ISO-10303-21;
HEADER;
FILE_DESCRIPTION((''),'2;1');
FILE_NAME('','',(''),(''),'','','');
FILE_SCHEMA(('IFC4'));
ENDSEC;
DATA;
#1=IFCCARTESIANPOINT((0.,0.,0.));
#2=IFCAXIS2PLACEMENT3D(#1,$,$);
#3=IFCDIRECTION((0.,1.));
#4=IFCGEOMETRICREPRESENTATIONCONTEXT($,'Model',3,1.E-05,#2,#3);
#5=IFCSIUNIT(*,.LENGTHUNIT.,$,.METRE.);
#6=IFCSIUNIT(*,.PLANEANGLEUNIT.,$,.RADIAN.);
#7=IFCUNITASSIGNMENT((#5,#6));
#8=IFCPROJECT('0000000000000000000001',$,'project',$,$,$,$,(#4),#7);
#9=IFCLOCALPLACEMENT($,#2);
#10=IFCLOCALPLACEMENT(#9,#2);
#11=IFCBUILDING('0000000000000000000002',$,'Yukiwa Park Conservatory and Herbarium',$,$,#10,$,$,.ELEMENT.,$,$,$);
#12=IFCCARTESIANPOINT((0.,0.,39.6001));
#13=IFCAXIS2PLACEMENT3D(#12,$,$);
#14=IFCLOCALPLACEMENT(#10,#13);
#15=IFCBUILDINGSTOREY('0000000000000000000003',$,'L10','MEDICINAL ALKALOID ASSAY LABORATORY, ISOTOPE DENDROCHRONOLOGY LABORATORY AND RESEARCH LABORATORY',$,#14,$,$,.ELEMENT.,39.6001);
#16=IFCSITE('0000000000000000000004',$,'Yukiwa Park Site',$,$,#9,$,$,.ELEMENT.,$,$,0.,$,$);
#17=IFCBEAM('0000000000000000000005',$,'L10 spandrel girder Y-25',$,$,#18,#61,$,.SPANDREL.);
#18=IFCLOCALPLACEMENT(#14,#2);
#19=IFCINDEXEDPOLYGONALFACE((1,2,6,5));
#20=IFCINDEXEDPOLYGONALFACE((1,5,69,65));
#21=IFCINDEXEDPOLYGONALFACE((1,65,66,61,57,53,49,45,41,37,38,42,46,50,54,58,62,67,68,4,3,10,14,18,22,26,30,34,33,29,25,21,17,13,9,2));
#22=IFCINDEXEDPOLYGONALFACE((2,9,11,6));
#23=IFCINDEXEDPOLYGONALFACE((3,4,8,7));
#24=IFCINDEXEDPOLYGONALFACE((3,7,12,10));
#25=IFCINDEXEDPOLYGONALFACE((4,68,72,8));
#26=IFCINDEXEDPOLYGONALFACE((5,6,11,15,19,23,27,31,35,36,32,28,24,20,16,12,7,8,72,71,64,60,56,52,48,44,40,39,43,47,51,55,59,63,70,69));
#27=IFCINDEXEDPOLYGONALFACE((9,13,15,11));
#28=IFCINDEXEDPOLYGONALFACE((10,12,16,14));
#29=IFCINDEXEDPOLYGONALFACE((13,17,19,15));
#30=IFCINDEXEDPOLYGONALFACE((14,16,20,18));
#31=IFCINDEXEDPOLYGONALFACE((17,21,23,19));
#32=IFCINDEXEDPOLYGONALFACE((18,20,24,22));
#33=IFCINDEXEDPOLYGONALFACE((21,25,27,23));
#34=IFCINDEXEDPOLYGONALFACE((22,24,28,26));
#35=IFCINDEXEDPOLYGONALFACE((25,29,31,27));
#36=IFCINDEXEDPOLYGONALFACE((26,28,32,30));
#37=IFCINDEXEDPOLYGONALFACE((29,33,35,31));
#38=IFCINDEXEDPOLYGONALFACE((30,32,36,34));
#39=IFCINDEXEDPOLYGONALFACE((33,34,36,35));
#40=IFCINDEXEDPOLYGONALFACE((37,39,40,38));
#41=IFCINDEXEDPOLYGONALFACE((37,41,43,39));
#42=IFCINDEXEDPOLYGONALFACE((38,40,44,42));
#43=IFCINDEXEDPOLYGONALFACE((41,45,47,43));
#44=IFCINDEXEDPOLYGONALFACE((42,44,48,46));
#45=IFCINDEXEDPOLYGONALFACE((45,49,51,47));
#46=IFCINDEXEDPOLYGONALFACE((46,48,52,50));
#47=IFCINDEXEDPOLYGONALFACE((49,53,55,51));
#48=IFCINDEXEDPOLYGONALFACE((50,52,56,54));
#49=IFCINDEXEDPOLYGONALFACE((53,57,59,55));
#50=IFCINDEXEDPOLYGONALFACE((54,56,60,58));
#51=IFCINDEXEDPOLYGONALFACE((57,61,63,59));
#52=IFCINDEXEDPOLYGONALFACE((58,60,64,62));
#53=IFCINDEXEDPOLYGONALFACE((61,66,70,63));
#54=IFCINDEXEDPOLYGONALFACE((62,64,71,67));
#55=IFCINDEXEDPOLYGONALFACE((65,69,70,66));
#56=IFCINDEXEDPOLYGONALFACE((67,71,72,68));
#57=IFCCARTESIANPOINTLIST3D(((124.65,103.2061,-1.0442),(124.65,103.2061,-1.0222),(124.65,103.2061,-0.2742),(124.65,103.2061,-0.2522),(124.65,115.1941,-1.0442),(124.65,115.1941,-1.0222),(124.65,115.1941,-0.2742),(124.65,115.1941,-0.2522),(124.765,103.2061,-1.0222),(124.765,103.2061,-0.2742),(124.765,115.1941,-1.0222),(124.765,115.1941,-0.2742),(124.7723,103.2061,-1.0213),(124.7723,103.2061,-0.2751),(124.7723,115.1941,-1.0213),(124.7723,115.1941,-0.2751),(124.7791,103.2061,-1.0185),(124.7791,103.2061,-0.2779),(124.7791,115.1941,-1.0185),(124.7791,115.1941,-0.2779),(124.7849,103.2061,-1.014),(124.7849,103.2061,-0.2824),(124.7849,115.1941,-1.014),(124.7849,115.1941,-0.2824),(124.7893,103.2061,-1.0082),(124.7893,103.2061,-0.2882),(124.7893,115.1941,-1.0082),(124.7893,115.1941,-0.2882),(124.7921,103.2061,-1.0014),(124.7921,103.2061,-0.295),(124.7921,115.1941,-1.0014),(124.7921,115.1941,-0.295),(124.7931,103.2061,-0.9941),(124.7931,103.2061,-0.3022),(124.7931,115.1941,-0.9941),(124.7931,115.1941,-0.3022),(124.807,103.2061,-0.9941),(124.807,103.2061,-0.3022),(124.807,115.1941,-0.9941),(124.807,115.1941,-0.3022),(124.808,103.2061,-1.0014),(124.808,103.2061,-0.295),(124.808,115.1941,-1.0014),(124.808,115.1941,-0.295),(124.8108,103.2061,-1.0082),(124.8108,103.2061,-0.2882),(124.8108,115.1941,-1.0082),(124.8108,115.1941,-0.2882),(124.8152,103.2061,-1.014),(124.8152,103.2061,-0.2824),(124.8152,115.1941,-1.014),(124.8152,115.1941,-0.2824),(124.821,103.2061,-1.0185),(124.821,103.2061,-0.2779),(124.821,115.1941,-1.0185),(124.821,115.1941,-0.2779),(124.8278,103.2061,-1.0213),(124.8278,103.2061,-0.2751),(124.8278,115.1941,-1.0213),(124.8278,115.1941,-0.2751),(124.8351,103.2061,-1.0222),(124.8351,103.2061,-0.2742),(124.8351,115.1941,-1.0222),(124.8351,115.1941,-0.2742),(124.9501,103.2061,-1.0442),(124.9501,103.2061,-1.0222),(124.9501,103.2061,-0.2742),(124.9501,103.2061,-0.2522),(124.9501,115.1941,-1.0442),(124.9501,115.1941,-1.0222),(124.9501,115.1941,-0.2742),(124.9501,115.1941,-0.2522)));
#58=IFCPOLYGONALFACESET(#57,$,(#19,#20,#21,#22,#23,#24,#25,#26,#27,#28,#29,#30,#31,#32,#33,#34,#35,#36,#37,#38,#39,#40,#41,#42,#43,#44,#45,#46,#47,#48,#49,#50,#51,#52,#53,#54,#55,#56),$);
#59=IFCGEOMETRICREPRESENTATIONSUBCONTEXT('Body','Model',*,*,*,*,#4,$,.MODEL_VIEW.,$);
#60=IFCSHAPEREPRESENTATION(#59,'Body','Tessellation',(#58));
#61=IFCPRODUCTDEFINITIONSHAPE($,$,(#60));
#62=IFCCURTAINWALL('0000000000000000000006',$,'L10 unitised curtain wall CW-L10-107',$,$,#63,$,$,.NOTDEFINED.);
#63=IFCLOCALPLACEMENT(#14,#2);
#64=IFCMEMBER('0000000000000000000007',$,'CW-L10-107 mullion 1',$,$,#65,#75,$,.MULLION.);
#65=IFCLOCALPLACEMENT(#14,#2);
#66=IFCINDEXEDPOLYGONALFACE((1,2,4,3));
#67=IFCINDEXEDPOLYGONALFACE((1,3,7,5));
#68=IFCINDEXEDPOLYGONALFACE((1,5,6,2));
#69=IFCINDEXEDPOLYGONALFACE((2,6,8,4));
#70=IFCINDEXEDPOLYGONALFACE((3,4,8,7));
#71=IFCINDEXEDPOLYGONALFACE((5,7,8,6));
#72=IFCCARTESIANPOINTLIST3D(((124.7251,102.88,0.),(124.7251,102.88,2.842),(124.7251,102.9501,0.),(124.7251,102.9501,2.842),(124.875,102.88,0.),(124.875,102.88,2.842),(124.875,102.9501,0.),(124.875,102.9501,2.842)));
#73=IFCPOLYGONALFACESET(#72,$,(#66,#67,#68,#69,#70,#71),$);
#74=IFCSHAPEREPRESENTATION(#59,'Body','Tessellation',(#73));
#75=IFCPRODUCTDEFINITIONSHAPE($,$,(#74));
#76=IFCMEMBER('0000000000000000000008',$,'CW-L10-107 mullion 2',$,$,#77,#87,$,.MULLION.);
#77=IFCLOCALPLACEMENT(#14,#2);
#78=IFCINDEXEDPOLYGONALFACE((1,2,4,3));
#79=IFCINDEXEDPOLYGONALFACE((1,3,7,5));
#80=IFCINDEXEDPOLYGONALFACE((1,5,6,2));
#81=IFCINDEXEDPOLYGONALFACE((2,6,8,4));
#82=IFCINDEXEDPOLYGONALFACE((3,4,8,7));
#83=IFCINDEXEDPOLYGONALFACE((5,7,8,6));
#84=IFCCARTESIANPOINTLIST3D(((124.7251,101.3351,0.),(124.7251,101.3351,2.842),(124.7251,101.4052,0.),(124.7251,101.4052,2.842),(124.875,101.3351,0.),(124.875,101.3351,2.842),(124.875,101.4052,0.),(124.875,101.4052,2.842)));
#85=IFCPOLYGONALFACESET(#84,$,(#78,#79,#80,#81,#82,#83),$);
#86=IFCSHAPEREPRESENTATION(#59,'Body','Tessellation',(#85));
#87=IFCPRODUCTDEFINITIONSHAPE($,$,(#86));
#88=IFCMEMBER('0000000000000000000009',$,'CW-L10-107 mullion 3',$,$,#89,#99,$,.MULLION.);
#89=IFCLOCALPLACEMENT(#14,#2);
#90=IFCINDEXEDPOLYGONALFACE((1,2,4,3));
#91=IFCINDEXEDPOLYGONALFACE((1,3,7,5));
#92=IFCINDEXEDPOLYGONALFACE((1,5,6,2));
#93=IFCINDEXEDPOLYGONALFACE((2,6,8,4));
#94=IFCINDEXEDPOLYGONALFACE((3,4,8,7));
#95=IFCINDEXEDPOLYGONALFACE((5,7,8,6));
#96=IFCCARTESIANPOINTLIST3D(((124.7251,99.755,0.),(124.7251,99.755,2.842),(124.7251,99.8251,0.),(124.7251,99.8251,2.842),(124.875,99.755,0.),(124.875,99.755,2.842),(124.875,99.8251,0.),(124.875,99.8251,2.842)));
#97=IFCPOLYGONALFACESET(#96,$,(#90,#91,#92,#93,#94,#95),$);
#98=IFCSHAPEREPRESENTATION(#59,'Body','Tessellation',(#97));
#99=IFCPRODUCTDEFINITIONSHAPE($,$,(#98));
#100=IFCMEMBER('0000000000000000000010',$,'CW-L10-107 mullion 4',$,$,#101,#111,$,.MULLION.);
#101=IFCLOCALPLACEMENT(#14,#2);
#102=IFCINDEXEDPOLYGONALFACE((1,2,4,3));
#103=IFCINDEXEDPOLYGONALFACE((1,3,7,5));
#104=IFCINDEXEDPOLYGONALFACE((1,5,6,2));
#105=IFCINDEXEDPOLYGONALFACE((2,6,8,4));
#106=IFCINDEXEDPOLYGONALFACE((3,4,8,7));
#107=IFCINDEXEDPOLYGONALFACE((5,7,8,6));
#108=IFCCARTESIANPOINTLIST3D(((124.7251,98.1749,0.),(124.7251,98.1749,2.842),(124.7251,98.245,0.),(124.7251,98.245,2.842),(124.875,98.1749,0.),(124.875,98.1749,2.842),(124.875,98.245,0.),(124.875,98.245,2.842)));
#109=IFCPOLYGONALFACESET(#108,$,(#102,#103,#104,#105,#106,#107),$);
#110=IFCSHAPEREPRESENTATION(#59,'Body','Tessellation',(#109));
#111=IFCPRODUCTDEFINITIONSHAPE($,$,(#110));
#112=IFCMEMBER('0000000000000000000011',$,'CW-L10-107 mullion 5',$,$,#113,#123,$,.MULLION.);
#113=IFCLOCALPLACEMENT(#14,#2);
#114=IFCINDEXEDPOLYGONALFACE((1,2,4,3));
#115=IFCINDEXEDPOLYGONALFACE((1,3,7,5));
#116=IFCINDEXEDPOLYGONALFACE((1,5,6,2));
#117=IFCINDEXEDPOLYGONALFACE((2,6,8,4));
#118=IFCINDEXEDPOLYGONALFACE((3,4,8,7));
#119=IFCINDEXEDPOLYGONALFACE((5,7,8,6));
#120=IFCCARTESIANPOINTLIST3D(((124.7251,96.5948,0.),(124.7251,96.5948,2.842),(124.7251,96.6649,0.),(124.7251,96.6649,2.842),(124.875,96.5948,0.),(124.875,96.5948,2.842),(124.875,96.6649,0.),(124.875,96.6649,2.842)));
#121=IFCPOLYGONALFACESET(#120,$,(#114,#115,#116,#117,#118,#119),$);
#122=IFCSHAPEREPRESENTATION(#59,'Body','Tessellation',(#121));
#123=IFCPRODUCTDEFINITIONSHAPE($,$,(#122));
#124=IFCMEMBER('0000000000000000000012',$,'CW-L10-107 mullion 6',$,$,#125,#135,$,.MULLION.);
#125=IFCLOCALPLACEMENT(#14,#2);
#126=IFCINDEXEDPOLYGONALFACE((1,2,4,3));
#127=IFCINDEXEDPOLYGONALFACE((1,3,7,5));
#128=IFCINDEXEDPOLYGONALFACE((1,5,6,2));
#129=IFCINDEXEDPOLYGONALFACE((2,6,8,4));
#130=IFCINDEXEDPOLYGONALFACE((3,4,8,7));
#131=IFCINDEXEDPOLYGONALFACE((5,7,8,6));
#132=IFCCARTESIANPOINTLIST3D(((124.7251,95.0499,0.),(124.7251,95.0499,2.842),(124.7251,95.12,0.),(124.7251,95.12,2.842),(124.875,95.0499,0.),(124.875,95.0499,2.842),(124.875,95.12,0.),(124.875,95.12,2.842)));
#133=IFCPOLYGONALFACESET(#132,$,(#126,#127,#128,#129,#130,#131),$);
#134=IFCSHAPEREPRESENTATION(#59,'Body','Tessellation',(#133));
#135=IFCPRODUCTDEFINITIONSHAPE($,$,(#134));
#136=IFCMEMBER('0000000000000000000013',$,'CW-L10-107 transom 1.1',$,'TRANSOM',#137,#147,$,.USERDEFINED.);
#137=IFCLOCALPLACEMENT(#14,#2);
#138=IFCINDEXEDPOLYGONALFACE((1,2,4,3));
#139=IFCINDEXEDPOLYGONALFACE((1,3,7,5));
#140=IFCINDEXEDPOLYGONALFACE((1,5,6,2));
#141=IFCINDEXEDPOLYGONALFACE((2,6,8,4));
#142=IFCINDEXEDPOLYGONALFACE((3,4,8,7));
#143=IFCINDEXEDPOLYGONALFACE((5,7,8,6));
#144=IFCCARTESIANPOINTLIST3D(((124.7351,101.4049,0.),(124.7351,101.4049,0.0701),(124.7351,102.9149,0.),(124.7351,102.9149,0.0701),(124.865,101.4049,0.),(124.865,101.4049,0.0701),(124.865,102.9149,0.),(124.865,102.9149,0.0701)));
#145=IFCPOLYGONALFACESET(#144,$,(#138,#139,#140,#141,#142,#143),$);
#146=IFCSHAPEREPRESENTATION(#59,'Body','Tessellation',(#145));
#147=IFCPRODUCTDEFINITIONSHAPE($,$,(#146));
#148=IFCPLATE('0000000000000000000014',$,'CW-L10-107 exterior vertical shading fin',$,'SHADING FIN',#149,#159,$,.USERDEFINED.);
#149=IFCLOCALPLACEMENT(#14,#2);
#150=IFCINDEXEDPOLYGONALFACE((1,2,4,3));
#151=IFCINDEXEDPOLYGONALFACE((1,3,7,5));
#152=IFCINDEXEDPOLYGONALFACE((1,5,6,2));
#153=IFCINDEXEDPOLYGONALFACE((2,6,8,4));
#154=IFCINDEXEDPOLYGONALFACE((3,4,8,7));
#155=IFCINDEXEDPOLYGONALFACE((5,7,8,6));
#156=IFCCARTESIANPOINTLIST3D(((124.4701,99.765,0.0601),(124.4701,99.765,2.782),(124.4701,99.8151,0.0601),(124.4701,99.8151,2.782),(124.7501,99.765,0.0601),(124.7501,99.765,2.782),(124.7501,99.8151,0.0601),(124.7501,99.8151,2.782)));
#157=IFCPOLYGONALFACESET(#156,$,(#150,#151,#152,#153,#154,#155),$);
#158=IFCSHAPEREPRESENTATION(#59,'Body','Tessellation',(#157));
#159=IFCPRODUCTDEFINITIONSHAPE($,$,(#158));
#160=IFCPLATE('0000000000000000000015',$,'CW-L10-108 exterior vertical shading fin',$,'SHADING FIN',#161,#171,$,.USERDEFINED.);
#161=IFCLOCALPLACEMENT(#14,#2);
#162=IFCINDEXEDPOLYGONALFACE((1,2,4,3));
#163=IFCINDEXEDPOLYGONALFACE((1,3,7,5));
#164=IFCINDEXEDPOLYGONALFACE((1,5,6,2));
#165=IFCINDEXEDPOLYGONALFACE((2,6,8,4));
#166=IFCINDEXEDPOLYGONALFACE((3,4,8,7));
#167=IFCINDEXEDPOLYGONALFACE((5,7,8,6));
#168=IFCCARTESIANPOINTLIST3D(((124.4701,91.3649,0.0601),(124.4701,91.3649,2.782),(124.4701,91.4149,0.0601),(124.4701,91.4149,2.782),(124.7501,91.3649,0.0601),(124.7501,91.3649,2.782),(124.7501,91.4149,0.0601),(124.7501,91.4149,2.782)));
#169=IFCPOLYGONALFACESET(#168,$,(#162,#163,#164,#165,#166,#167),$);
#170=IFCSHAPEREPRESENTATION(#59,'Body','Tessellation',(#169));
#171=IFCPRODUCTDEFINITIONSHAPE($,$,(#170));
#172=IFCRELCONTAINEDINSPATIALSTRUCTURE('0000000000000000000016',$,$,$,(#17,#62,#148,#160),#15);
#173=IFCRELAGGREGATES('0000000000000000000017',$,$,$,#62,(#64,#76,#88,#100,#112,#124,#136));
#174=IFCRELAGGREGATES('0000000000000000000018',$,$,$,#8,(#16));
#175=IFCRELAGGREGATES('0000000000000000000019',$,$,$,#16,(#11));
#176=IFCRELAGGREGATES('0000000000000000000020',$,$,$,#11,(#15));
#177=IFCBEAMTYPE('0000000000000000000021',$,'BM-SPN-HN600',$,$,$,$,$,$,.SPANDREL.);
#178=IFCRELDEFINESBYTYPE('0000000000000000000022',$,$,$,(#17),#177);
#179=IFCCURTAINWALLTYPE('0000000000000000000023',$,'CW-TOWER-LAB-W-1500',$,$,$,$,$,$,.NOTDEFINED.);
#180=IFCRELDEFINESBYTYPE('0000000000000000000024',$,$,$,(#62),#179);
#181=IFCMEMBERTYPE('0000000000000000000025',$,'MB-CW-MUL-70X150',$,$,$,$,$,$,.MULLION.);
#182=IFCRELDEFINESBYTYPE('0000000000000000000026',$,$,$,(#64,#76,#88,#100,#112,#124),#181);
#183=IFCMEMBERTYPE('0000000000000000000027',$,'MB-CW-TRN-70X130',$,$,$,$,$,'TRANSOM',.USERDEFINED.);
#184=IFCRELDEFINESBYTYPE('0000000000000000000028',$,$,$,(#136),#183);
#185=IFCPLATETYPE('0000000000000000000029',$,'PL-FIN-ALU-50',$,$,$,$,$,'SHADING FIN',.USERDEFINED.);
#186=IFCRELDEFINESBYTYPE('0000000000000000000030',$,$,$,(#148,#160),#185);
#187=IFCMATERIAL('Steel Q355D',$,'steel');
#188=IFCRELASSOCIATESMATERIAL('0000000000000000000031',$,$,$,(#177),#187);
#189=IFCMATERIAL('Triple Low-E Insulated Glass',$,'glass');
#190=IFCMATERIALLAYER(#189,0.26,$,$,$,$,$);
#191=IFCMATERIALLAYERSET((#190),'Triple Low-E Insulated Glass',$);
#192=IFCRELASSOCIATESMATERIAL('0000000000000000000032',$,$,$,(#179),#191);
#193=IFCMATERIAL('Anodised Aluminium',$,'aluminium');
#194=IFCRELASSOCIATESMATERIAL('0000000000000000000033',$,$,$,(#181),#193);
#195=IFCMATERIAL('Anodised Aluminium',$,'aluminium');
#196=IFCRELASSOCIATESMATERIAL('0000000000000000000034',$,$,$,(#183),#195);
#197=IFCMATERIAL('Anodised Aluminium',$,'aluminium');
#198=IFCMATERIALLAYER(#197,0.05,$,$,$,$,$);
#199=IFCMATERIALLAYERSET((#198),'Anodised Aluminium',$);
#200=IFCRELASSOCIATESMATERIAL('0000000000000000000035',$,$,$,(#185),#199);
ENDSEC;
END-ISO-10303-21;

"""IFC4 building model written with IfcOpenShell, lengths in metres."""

from ifc_helpers import new_model, si_unit, direction, frame, origin, origin_2d, place, context, subcontext, project, spatial, rectangle, i_section, extrude, material, layer, layer_set, material_profile, profile_set, type_object, element, aggregate, save


model = new_model("IFC4")

# Units and contexts
model_context = context("Model", 3, precision=1e-05, world=origin(), true_north=direction((0.0, 1.0)))
body_context = subcontext(model_context, "Body", "Model", "MODEL_VIEW")
ifc_project = project(units=[si_unit("LENGTHUNIT", "METRE"), si_unit("PLANEANGLEUNIT", "RADIAN")], contexts=[model_context])

# Site, building, storey
site_placement = place(None, origin())
site = spatial("IfcSite", under=ifc_project, at=site_placement, Name="Yukiwa Park Site", CompositionType="ELEMENT", RefElevation=0.0)
building_placement = place(site_placement, origin())
building = spatial("IfcBuilding", under=site, at=building_placement, Name="Yukiwa Park Conservatory and Herbarium", CompositionType="ELEMENT")
storey_placement = place(building_placement, frame((0.0, 0.0, 39.6001)))
storey = spatial("IfcBuildingStorey", under=building, at=storey_placement, Name="L10", Description="MEDICINAL ALKALOID ASSAY LABORATORY, ISOTOPE DENDROCHRONOLOGY LABORATORY AND RESEARCH LABORATORY", CompositionType="ELEMENT", Elevation=39.6001)

# Beam
ifc_material_1 = material(Name="Steel Q355D", Category="steel")
ifc_material_profile_1 = material_profile(ifc_material_1, i_section(OverallWidth=0.3, OverallDepth=0.792, WebThickness=0.0139, FlangeThickness=0.022, FilletRadius=0.0281, at=origin_2d()), Name="HN 792x300x14x22")
ifc_profile_set_1 = profile_set([ifc_material_profile_1], Name="Steel Q355D")
beam_type_1 = type_object("IfcBeamType", Name="BM-SPN-HN600", PredefinedType="SPANDREL", material=ifc_profile_set_1)
beam_1_placement = place(storey_placement, frame((124.8, 103.2061, -0.6482), z_axis=(0.0, 1.0, 0.0), x_axis=(-1.0, 0.0, 0.0)))
element("IfcBeam", 1, at=beam_1_placement, inside=storey, type_object=beam_type_1, Name="L10 spandrel girder Y-25", PredefinedType="SPANDREL", context=body_context, shape_type="SweptSolid", body=[
    extrude(i_section(OverallWidth=0.3, OverallDepth=0.792, WebThickness=0.0139, FlangeThickness=0.022, FilletRadius=0.0281, at=origin_2d()), origin(), (0.0, 0.0, 1.0), 11.988),
])

# Curtain wall, members
ifc_material_2 = material(Name="Triple Low-E Insulated Glass", Category="glass")
ifc_layer_1 = layer(ifc_material_2, 0.26)
ifc_layer_set_1 = layer_set([ifc_layer_1], Name="Triple Low-E Insulated Glass")
curtain_wall_type = type_object("IfcCurtainWallType", Name="CW-TOWER-LAB-W-1500", PredefinedType="NOTDEFINED", material=ifc_layer_set_1)
curtain_wall_placement = place(storey_placement, origin())
curtain_wall = element("IfcCurtainWall", 2, at=curtain_wall_placement, inside=storey, type_object=curtain_wall_type, Name="L10 unitised curtain wall CW-L10-107", PredefinedType="NOTDEFINED")
ifc_material_3 = material(Name="Anodised Aluminium", Category="aluminium")
member_type_1 = type_object("IfcMemberType", Name="MB-CW-MUL-70X150", PredefinedType="MULLION", material=ifc_material_3)
member_1_placement = place(storey_placement, frame((124.8, 102.915, 0.0), z_axis=(0.0, 0.0, 1.0), x_axis=(0.0, -1.0, 0.0)))
member_1 = element("IfcMember", 3, at=member_1_placement, type_object=member_type_1, Name="CW-L10-107 mullion 1", PredefinedType="MULLION", context=body_context, shape_type="SweptSolid", body=[
    extrude(rectangle(XDim=0.0701, YDim=0.1499, at=origin_2d()), origin(), (0.0, 0.0, 1.0), 2.842),
])
member_2_placement = place(storey_placement, frame((124.8, 101.3701, 0.0), z_axis=(0.0, 0.0, 1.0), x_axis=(0.0, -1.0, 0.0)))
member_2 = element("IfcMember", 4, at=member_2_placement, type_object=member_type_1, Name="CW-L10-107 mullion 2", PredefinedType="MULLION", context=body_context, shape_type="SweptSolid", body=[
    extrude(rectangle(XDim=0.0701, YDim=0.1499, at=origin_2d()), origin(), (0.0, 0.0, 1.0), 2.842),
])
member_3_placement = place(storey_placement, frame((124.8, 99.79, 0.0), z_axis=(0.0, 0.0, 1.0), x_axis=(0.0, -1.0, 0.0)))
member_3 = element("IfcMember", 5, at=member_3_placement, type_object=member_type_1, Name="CW-L10-107 mullion 3", PredefinedType="MULLION", context=body_context, shape_type="SweptSolid", body=[
    extrude(rectangle(XDim=0.0701, YDim=0.1499, at=origin_2d()), origin(), (0.0, 0.0, 1.0), 2.842),
])
member_4_placement = place(storey_placement, frame((124.8, 98.21, 0.0), z_axis=(0.0, 0.0, 1.0), x_axis=(0.0, -1.0, 0.0)))
member_4 = element("IfcMember", 6, at=member_4_placement, type_object=member_type_1, Name="CW-L10-107 mullion 4", PredefinedType="MULLION", context=body_context, shape_type="SweptSolid", body=[
    extrude(rectangle(XDim=0.0701, YDim=0.1499, at=origin_2d()), origin(), (0.0, 0.0, 1.0), 2.842),
])
member_5_placement = place(storey_placement, frame((124.8, 96.6299, 0.0), z_axis=(0.0, 0.0, 1.0), x_axis=(0.0, -1.0, 0.0)))
member_5 = element("IfcMember", 7, at=member_5_placement, type_object=member_type_1, Name="CW-L10-107 mullion 5", PredefinedType="MULLION", context=body_context, shape_type="SweptSolid", body=[
    extrude(rectangle(XDim=0.0701, YDim=0.1499, at=origin_2d()), origin(), (0.0, 0.0, 1.0), 2.842),
])
member_6_placement = place(storey_placement, frame((124.8, 95.085, 0.0), z_axis=(0.0, 0.0, 1.0), x_axis=(0.0, -1.0, 0.0)))
member_6 = element("IfcMember", 8, at=member_6_placement, type_object=member_type_1, Name="CW-L10-107 mullion 6", PredefinedType="MULLION", context=body_context, shape_type="SweptSolid", body=[
    extrude(rectangle(XDim=0.0701, YDim=0.1499, at=origin_2d()), origin(), (0.0, 0.0, 1.0), 2.842),
])
ifc_material_4 = material(Name="Anodised Aluminium", Category="aluminium")
member_type_2 = type_object("IfcMemberType", Name="MB-CW-TRN-70X130", ElementType="TRANSOM", PredefinedType="USERDEFINED", material=ifc_material_4)
member_7_placement = place(storey_placement, frame((124.8, 102.1599, 0.0), z_axis=(0.0, 0.0, 1.0), x_axis=(0.0, -1.0, 0.0)))
member_7 = element("IfcMember", 9, at=member_7_placement, type_object=member_type_2, Name="CW-L10-107 transom 1.1", ObjectType="TRANSOM", PredefinedType="USERDEFINED", context=body_context, shape_type="SweptSolid", body=[
    extrude(rectangle(XDim=1.51, YDim=0.1299, at=origin_2d()), origin(), (0.0, 0.0, 1.0), 0.0701),
])
aggregate(curtain_wall, [member_1, member_2, member_3, member_4, member_5, member_6, member_7])

# Plates
ifc_material_5 = material(Name="Anodised Aluminium", Category="aluminium")
ifc_layer_2 = layer(ifc_material_5, 0.05)
ifc_layer_set_2 = layer_set([ifc_layer_2], Name="Anodised Aluminium")
plate_type = type_object("IfcPlateType", Name="PL-FIN-ALU-50", ElementType="SHADING FIN", PredefinedType="USERDEFINED", material=ifc_layer_set_2)
for number, where, z_axis, x_axis, name in (
    (10, (124.6101, 99.79, 0.0601), (0.0, 0.0, 1.0), (0.0, -1.0, 0.0), "CW-L10-107 exterior vertical shading fin"),
    (11, (124.6101, 91.3899, 0.0601), (0.0, 0.0, 1.0), (0.0, -1.0, 0.0), "CW-L10-108 exterior vertical shading fin"),
):
    element("IfcPlate", number, at=place(storey_placement, frame(where, z_axis=z_axis, x_axis=x_axis)), inside=storey, type_object=plate_type, Name=name, ObjectType="SHADING FIN", PredefinedType="USERDEFINED", context=body_context, shape_type="SweptSolid", body=[
        extrude(rectangle(XDim=0.05, YDim=0.28, at=origin_2d()), origin(), (0.0, 0.0, 1.0), 2.7219),
    ])

save(model, "model.ifc")
